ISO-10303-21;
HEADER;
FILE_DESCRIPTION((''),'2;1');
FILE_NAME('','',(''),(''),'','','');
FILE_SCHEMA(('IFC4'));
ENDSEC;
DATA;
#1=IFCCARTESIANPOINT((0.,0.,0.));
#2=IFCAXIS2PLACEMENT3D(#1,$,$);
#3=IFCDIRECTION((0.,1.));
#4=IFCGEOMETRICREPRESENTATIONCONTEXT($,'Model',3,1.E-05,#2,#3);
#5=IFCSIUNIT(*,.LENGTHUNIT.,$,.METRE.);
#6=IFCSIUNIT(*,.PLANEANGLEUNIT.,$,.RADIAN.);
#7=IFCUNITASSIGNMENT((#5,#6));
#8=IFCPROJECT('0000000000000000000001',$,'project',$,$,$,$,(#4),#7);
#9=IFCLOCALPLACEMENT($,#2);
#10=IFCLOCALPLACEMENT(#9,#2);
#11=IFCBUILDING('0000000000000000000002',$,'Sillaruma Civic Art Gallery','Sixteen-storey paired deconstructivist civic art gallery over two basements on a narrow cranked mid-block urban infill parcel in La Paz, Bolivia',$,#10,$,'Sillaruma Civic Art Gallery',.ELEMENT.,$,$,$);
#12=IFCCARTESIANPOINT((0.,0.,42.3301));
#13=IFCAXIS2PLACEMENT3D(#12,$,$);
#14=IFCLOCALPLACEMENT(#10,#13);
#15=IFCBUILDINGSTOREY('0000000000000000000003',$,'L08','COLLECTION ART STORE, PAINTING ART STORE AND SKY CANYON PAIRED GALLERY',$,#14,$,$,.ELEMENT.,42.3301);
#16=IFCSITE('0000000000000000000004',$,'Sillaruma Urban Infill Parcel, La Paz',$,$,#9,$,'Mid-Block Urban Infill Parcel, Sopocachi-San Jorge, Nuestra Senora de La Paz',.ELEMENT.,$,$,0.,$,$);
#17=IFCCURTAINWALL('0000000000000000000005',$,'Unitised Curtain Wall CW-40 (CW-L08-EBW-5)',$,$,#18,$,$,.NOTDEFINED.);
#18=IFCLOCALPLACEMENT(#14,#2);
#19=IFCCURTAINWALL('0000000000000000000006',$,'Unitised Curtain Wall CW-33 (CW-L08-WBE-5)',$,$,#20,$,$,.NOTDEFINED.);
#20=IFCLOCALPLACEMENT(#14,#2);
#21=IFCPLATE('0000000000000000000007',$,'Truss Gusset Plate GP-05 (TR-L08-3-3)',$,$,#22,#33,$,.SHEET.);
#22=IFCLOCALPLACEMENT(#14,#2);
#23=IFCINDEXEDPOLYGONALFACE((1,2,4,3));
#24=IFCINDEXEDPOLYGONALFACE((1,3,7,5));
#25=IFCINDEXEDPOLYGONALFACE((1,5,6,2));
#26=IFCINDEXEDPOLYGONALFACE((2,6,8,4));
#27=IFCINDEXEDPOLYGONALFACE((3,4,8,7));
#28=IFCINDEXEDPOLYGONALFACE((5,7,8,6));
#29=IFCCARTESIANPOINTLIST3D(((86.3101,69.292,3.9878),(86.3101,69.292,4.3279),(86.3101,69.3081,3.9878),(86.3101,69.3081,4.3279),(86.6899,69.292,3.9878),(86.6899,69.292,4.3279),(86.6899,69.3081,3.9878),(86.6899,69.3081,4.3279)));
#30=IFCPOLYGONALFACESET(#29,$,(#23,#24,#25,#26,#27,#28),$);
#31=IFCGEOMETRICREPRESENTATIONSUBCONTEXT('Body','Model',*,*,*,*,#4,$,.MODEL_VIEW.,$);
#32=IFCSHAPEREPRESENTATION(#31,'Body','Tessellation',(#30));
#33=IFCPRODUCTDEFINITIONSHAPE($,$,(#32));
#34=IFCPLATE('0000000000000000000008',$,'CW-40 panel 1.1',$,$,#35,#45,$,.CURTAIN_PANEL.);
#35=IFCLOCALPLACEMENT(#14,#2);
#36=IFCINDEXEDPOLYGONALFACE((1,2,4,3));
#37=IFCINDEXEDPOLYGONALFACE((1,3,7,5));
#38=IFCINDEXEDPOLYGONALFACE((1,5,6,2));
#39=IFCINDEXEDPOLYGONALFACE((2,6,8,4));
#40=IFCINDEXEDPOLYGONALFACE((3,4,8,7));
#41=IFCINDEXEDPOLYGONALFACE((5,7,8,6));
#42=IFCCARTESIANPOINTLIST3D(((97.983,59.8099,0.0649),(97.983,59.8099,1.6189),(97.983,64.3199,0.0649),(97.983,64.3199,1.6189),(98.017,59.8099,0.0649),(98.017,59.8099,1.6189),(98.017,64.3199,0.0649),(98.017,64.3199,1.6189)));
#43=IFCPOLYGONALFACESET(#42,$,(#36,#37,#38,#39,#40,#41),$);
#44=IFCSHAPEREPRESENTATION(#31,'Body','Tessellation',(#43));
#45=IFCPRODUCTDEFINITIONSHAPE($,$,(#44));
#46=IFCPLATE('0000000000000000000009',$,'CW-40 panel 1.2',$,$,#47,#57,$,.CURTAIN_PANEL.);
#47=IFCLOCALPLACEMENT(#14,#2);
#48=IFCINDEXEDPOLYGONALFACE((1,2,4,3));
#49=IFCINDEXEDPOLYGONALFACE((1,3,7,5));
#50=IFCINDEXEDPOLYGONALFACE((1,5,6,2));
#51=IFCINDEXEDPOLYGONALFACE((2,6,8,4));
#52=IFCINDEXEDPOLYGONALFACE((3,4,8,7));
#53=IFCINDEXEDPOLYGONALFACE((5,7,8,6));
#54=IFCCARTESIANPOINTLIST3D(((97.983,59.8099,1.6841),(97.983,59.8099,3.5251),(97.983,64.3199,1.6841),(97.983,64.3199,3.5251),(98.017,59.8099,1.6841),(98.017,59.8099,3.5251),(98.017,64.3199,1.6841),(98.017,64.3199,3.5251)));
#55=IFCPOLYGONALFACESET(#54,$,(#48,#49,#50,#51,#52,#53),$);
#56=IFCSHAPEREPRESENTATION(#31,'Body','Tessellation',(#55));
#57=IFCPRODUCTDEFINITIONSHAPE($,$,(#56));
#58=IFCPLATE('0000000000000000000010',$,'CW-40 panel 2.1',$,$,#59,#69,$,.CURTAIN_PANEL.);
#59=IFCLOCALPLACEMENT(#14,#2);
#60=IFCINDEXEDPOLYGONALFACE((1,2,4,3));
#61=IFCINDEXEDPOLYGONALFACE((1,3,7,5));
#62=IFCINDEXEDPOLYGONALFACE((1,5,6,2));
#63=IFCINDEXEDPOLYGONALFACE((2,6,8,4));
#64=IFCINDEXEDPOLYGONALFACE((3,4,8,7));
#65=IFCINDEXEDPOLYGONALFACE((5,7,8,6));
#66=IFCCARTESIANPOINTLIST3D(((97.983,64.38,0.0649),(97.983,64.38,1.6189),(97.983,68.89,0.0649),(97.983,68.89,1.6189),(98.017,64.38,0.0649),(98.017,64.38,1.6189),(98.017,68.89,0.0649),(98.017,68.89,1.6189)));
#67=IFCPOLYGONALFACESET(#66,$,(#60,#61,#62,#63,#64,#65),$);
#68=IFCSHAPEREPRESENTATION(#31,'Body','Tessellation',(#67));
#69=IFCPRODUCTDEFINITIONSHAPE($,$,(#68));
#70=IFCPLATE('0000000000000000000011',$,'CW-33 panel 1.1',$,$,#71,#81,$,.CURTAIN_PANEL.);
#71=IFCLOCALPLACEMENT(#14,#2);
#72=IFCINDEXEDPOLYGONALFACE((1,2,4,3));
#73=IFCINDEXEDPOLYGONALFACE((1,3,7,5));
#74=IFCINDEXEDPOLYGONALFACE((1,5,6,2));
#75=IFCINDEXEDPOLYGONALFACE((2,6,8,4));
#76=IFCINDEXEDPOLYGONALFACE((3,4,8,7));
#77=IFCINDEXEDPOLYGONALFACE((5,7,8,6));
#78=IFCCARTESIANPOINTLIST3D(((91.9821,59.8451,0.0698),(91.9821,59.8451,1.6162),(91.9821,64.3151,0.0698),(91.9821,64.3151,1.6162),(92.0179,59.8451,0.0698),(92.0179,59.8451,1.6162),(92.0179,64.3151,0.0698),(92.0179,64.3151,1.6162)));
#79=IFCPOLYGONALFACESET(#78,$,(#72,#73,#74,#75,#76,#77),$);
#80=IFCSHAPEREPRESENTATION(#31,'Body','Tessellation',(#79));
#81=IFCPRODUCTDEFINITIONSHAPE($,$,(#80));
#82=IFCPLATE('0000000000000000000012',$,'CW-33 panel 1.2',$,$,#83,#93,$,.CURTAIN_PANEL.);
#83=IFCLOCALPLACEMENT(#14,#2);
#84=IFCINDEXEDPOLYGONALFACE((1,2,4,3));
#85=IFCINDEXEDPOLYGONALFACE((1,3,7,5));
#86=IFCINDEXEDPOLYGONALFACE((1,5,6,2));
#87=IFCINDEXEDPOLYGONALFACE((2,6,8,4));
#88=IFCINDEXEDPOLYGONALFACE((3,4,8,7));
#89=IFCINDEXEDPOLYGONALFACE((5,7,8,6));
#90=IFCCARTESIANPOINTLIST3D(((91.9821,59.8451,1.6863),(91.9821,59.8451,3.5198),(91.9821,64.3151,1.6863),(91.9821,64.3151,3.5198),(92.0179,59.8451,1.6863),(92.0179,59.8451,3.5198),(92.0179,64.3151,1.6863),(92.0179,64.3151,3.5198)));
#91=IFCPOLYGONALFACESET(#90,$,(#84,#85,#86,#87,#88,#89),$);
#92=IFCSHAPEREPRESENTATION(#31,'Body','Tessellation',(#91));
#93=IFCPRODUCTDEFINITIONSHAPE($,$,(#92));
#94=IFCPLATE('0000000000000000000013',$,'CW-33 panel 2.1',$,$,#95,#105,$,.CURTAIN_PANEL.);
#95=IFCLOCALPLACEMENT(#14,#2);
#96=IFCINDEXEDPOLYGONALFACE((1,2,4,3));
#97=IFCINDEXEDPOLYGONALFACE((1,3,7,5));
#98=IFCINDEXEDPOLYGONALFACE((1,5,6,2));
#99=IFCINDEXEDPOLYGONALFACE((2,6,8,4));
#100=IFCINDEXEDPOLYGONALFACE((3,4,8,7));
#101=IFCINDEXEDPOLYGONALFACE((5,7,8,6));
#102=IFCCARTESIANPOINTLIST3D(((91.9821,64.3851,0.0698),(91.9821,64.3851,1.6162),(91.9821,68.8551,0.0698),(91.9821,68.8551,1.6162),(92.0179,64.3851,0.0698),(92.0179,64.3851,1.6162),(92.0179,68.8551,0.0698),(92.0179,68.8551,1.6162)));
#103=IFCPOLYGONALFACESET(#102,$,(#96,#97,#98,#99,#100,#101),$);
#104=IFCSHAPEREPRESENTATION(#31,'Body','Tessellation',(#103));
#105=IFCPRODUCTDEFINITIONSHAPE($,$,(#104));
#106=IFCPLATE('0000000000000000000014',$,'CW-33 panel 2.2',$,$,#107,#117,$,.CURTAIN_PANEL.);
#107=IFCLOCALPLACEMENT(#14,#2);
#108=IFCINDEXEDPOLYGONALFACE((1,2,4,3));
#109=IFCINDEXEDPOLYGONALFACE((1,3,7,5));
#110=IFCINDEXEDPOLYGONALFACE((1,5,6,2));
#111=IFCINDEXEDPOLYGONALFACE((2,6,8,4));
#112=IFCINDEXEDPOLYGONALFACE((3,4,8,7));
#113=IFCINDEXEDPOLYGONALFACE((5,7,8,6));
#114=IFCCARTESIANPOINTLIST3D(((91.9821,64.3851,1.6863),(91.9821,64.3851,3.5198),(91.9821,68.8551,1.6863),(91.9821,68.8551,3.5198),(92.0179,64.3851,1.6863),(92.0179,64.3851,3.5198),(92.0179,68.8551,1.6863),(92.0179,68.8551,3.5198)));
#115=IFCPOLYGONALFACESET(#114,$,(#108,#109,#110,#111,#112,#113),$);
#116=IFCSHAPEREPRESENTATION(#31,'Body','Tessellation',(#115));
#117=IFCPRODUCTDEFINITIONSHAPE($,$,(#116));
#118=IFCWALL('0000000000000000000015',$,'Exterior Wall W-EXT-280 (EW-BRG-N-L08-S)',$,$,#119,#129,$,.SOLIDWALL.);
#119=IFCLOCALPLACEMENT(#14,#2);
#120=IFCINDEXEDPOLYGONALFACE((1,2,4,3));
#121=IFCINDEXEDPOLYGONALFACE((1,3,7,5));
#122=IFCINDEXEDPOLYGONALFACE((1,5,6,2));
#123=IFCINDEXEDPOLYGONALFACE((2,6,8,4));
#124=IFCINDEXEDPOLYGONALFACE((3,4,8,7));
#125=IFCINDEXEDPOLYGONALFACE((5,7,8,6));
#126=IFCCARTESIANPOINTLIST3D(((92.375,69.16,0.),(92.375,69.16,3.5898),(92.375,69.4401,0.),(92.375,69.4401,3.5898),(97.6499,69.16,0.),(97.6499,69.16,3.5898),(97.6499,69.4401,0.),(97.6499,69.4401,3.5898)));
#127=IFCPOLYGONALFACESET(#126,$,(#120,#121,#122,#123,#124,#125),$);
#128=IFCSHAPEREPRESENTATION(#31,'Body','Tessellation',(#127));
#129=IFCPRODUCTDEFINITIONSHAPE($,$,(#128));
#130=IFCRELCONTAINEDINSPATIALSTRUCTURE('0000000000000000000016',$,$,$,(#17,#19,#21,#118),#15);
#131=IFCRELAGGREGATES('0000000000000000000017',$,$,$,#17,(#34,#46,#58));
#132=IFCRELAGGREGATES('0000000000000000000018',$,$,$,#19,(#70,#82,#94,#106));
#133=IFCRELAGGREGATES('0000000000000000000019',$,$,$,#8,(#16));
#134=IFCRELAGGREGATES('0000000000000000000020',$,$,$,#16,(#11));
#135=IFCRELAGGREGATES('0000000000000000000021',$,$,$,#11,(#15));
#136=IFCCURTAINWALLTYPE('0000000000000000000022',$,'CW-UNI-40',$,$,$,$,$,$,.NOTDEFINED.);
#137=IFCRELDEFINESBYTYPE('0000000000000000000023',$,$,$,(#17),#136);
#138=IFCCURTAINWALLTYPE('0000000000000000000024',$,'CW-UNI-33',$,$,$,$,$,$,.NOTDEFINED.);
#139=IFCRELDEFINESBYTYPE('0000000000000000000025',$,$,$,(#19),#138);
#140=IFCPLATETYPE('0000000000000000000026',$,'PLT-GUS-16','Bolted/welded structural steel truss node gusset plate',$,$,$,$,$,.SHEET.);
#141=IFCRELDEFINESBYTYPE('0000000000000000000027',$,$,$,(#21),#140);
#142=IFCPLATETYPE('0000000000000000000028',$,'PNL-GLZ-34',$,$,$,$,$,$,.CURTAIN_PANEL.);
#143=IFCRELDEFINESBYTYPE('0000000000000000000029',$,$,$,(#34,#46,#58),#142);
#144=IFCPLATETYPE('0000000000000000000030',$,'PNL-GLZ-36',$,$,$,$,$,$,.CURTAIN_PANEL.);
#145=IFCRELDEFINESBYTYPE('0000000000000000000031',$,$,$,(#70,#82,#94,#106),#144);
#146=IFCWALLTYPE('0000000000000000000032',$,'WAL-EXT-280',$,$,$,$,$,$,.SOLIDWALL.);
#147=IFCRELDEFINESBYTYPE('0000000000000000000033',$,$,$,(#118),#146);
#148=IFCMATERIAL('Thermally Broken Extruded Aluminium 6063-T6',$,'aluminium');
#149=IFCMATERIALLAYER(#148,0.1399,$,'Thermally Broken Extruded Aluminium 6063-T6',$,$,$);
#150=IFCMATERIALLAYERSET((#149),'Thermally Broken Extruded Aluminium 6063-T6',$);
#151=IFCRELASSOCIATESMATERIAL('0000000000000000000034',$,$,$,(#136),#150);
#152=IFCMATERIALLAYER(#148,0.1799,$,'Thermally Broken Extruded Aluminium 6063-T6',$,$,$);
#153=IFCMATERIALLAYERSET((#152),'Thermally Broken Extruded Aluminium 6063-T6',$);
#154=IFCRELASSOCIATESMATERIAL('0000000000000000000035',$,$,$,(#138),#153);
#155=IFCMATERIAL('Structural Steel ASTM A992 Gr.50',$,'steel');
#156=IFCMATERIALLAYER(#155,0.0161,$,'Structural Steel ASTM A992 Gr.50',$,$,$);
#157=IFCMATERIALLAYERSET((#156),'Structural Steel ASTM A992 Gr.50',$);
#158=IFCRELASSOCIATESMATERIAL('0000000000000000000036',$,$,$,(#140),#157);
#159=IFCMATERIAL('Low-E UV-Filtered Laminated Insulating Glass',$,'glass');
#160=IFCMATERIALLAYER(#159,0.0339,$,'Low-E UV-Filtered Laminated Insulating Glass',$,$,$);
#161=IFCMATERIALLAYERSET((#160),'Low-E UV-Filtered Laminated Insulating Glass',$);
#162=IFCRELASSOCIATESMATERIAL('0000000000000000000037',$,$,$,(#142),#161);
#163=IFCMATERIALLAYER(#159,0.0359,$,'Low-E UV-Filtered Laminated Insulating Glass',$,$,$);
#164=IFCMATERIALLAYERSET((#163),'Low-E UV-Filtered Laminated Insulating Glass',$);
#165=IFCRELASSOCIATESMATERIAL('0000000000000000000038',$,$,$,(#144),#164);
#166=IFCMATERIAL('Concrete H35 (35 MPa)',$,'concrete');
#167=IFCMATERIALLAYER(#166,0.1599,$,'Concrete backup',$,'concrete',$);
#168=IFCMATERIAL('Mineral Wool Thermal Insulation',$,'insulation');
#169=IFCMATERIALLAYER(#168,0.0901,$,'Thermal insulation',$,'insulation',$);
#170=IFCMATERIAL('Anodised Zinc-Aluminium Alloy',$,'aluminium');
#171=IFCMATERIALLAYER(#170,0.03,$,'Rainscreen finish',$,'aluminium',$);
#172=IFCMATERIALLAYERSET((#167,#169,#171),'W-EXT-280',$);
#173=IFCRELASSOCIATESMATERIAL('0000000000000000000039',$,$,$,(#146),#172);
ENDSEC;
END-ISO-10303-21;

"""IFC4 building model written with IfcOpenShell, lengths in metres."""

from ifc_helpers import new_model, si_unit, direction, frame, frame_2d, origin, origin_2d, place, context, subcontext, project, spatial, rectangle, extrude, material, layer, layer_set, type_object, element, aggregate, save


model = new_model("IFC4")

# Units and contexts
model_context = context("Model", 3, precision=1e-05, world=origin(), true_north=direction((0.0, 1.0)))
body_context = subcontext(model_context, "Body", "Model", "MODEL_VIEW")
ifc_project = project(units=[si_unit("LENGTHUNIT", "METRE"), si_unit("PLANEANGLEUNIT", "RADIAN")], contexts=[model_context])

# Site, building, storey
site_placement = place(None, origin())
site = spatial("IfcSite", under=ifc_project, at=site_placement, Name="Sillaruma Urban Infill Parcel, La Paz", LongName="Mid-Block Urban Infill Parcel, Sopocachi-San Jorge, Nuestra Senora de La Paz", CompositionType="ELEMENT", RefElevation=0.0)
building_placement = place(site_placement, origin())
building = spatial("IfcBuilding", under=site, at=building_placement, Name="Sillaruma Civic Art Gallery", Description="Sixteen-storey paired deconstructivist civic art gallery over two basements on a narrow cranked mid-block urban infill parcel in La Paz, Bolivia", LongName="Sillaruma Civic Art Gallery", CompositionType="ELEMENT")
storey_placement = place(building_placement, frame((0.0, 0.0, 42.3301)))
storey = spatial("IfcBuildingStorey", under=building, at=storey_placement, Name="L08", Description="COLLECTION ART STORE, PAINTING ART STORE AND SKY CANYON PAIRED GALLERY", CompositionType="ELEMENT", Elevation=42.3301)

# Shared definitions
ifc_material_1 = material(Name="Concrete H35 (35 MPa)", Category="concrete")
ifc_material_2 = material(Name="Structural Steel ASTM A992 Gr.50", Category="steel")

# Curtain walls
ifc_material_3 = material(Name="Thermally Broken Extruded Aluminium 6063-T6", Category="aluminium")
ifc_layer_1 = layer(ifc_material_3, 0.1399, Name="Thermally Broken Extruded Aluminium 6063-T6")
ifc_layer_set_1 = layer_set([ifc_layer_1], Name="Thermally Broken Extruded Aluminium 6063-T6")
curtain_wall_type_1 = type_object("IfcCurtainWallType", Name="CW-UNI-40", PredefinedType="NOTDEFINED", material=ifc_layer_set_1)
curtain_wall_1_placement = place(storey_placement, origin())
curtain_wall_1 = element("IfcCurtainWall", 1, at=curtain_wall_1_placement, inside=storey, type_object=curtain_wall_type_1, Name="Unitised Curtain Wall CW-40 (CW-L08-EBW-5)", PredefinedType="NOTDEFINED")
ifc_layer_2 = layer(ifc_material_3, 0.1799, Name="Thermally Broken Extruded Aluminium 6063-T6")
ifc_layer_set_2 = layer_set([ifc_layer_2], Name="Thermally Broken Extruded Aluminium 6063-T6")
curtain_wall_type_2 = type_object("IfcCurtainWallType", Name="CW-UNI-33", PredefinedType="NOTDEFINED", material=ifc_layer_set_2)
curtain_wall_2_placement = place(storey_placement, origin())
curtain_wall_2 = element("IfcCurtainWall", 2, at=curtain_wall_2_placement, inside=storey, type_object=curtain_wall_type_2, Name="Unitised Curtain Wall CW-33 (CW-L08-WBE-5)", PredefinedType="NOTDEFINED")

# Plate
ifc_material_4 = material(Name="Anodised Zinc-Aluminium Alloy", Category="aluminium")
ifc_layer_3 = layer(ifc_material_2, 0.0161, Name="Structural Steel ASTM A992 Gr.50")
ifc_layer_set_3 = layer_set([ifc_layer_3], Name="Structural Steel ASTM A992 Gr.50")
plate_type_1 = type_object("IfcPlateType", Name="PLT-GUS-16", Description="Bolted/welded structural steel truss node gusset plate", PredefinedType="SHEET", material=ifc_layer_set_3)
plate_1_placement = place(storey_placement, frame((86.5, 69.3, 3.9878), z_axis=(0.0, 0.0, 1.0), x_axis=(1.0, 0.0, 0.0)))
element("IfcPlate", 3, at=plate_1_placement, inside=storey, type_object=plate_type_1, Name="Truss Gusset Plate GP-05 (TR-L08-3-3)", PredefinedType="SHEET", context=body_context, shape_type="SweptSolid", body=[
    extrude(rectangle(XDim=0.3799, YDim=0.0161, at=origin_2d()), origin(), (0.0, 0.0, 1.0), 0.3401),
])

# Plates
ifc_material_5 = material(Name="Low-E UV-Filtered Laminated Insulating Glass", Category="glass")
ifc_layer_4 = layer(ifc_material_5, 0.0339, Name="Low-E UV-Filtered Laminated Insulating Glass")
ifc_layer_set_4 = layer_set([ifc_layer_4], Name="Low-E UV-Filtered Laminated Insulating Glass")
plate_type_2 = type_object("IfcPlateType", Name="PNL-GLZ-34", PredefinedType="CURTAIN_PANEL", material=ifc_layer_set_4)
plate_2_placement = place(storey_placement, frame((98.0, 62.0649, 0.0649), z_axis=(0.0, 0.0, 1.0), x_axis=(0.0, 1.0, 0.0)))
plate_2 = element("IfcPlate", 4, at=plate_2_placement, type_object=plate_type_2, Name="CW-40 panel 1.1", PredefinedType="CURTAIN_PANEL", context=body_context, shape_type="SweptSolid", body=[
    extrude(rectangle(XDim=4.51, YDim=0.0339, at=origin_2d()), origin(), (0.0, 0.0, 1.0), 1.554),
])
plate_3_placement = place(storey_placement, frame((98.0, 62.0649, 1.6841), z_axis=(0.0, 0.0, 1.0), x_axis=(0.0, 1.0, 0.0)))
plate_3 = element("IfcPlate", 5, at=plate_3_placement, type_object=plate_type_2, Name="CW-40 panel 1.2", PredefinedType="CURTAIN_PANEL", context=body_context, shape_type="SweptSolid", body=[
    extrude(rectangle(XDim=4.51, YDim=0.0339, at=origin_2d()), origin(), (0.0, 0.0, 1.0), 1.8411),
])
plate_4_placement = place(storey_placement, frame((98.0, 66.635, 0.0649), z_axis=(0.0, 0.0, 1.0), x_axis=(0.0, 1.0, 0.0)))
plate_4 = element("IfcPlate", 6, at=plate_4_placement, type_object=plate_type_2, Name="CW-40 panel 2.1", PredefinedType="CURTAIN_PANEL", context=body_context, shape_type="SweptSolid", body=[
    extrude(rectangle(XDim=4.51, YDim=0.0339, at=origin_2d()), origin(), (0.0, 0.0, 1.0), 1.554),
])
aggregate(curtain_wall_1, [plate_2, plate_3, plate_4])
ifc_layer_5 = layer(ifc_material_5, 0.0359, Name="Low-E UV-Filtered Laminated Insulating Glass")
ifc_layer_set_5 = layer_set([ifc_layer_5], Name="Low-E UV-Filtered Laminated Insulating Glass")
plate_type_3 = type_object("IfcPlateType", Name="PNL-GLZ-36", PredefinedType="CURTAIN_PANEL", material=ifc_layer_set_5)
plate_5_placement = place(storey_placement, frame((92.0, 62.0801, 0.0698), z_axis=(0.0, 0.0, 1.0), x_axis=(0.0, 1.0, 0.0)))
plate_5 = element("IfcPlate", 7, at=plate_5_placement, type_object=plate_type_3, Name="CW-33 panel 1.1", PredefinedType="CURTAIN_PANEL", context=body_context, shape_type="SweptSolid", body=[
    extrude(rectangle(XDim=4.47, YDim=0.0359, at=origin_2d()), origin(), (0.0, 0.0, 1.0), 1.5464),
])
plate_6_placement = place(storey_placement, frame((92.0, 62.0801, 1.6863), z_axis=(0.0, 0.0, 1.0), x_axis=(0.0, 1.0, 0.0)))
plate_6 = element("IfcPlate", 8, at=plate_6_placement, type_object=plate_type_3, Name="CW-33 panel 1.2", PredefinedType="CURTAIN_PANEL", context=body_context, shape_type="SweptSolid", body=[
    extrude(rectangle(XDim=4.47, YDim=0.0359, at=origin_2d()), origin(), (0.0, 0.0, 1.0), 1.8335),
])
plate_7_placement = place(storey_placement, frame((92.0, 66.6201, 0.0698), z_axis=(0.0, 0.0, 1.0), x_axis=(0.0, 1.0, 0.0)))
plate_7 = element("IfcPlate", 9, at=plate_7_placement, type_object=plate_type_3, Name="CW-33 panel 2.1", PredefinedType="CURTAIN_PANEL", context=body_context, shape_type="SweptSolid", body=[
    extrude(rectangle(XDim=4.47, YDim=0.0359, at=origin_2d()), origin(), (0.0, 0.0, 1.0), 1.5464),
])
plate_8_placement = place(storey_placement, frame((92.0, 66.6201, 1.6863), z_axis=(0.0, 0.0, 1.0), x_axis=(0.0, 1.0, 0.0)))
plate_8 = element("IfcPlate", 10, at=plate_8_placement, type_object=plate_type_3, Name="CW-33 panel 2.2", PredefinedType="CURTAIN_PANEL", context=body_context, shape_type="SweptSolid", body=[
    extrude(rectangle(XDim=4.47, YDim=0.0359, at=origin_2d()), origin(), (0.0, 0.0, 1.0), 1.8335),
])
aggregate(curtain_wall_2, [plate_5, plate_6, plate_7, plate_8])

# Wall
ifc_layer_6 = layer(ifc_material_1, 0.1599, Name="Concrete backup", Category="concrete")
ifc_material_6 = material(Name="Mineral Wool Thermal Insulation", Category="insulation")
ifc_layer_7 = layer(ifc_material_6, 0.0901, Name="Thermal insulation", Category="insulation")
ifc_layer_8 = layer(ifc_material_4, 0.03, Name="Rainscreen finish", Category="aluminium")
ifc_layer_set_6 = layer_set([ifc_layer_6, ifc_layer_7, ifc_layer_8], Name="W-EXT-280")
wall_type = type_object("IfcWallType", Name="WAL-EXT-280", PredefinedType="SOLIDWALL", material=ifc_layer_set_6)
wall_placement = place(storey_placement, frame((92.375, 69.3, 0.0), z_axis=(0.0, 0.0, 1.0), x_axis=(1.0, 0.0, 0.0)))
element("IfcWall", 11, at=wall_placement, inside=storey, type_object=wall_type, Name="Exterior Wall W-EXT-280 (EW-BRG-N-L08-S)", PredefinedType="SOLIDWALL", context=body_context, shape_type="SweptSolid", body=[
    extrude(rectangle(XDim=5.2749, YDim=0.28, at=frame_2d((2.6375, 0.0))), origin(), (0.0, 0.0, 1.0), 3.5898),
])

save(model, "model.ifc")
